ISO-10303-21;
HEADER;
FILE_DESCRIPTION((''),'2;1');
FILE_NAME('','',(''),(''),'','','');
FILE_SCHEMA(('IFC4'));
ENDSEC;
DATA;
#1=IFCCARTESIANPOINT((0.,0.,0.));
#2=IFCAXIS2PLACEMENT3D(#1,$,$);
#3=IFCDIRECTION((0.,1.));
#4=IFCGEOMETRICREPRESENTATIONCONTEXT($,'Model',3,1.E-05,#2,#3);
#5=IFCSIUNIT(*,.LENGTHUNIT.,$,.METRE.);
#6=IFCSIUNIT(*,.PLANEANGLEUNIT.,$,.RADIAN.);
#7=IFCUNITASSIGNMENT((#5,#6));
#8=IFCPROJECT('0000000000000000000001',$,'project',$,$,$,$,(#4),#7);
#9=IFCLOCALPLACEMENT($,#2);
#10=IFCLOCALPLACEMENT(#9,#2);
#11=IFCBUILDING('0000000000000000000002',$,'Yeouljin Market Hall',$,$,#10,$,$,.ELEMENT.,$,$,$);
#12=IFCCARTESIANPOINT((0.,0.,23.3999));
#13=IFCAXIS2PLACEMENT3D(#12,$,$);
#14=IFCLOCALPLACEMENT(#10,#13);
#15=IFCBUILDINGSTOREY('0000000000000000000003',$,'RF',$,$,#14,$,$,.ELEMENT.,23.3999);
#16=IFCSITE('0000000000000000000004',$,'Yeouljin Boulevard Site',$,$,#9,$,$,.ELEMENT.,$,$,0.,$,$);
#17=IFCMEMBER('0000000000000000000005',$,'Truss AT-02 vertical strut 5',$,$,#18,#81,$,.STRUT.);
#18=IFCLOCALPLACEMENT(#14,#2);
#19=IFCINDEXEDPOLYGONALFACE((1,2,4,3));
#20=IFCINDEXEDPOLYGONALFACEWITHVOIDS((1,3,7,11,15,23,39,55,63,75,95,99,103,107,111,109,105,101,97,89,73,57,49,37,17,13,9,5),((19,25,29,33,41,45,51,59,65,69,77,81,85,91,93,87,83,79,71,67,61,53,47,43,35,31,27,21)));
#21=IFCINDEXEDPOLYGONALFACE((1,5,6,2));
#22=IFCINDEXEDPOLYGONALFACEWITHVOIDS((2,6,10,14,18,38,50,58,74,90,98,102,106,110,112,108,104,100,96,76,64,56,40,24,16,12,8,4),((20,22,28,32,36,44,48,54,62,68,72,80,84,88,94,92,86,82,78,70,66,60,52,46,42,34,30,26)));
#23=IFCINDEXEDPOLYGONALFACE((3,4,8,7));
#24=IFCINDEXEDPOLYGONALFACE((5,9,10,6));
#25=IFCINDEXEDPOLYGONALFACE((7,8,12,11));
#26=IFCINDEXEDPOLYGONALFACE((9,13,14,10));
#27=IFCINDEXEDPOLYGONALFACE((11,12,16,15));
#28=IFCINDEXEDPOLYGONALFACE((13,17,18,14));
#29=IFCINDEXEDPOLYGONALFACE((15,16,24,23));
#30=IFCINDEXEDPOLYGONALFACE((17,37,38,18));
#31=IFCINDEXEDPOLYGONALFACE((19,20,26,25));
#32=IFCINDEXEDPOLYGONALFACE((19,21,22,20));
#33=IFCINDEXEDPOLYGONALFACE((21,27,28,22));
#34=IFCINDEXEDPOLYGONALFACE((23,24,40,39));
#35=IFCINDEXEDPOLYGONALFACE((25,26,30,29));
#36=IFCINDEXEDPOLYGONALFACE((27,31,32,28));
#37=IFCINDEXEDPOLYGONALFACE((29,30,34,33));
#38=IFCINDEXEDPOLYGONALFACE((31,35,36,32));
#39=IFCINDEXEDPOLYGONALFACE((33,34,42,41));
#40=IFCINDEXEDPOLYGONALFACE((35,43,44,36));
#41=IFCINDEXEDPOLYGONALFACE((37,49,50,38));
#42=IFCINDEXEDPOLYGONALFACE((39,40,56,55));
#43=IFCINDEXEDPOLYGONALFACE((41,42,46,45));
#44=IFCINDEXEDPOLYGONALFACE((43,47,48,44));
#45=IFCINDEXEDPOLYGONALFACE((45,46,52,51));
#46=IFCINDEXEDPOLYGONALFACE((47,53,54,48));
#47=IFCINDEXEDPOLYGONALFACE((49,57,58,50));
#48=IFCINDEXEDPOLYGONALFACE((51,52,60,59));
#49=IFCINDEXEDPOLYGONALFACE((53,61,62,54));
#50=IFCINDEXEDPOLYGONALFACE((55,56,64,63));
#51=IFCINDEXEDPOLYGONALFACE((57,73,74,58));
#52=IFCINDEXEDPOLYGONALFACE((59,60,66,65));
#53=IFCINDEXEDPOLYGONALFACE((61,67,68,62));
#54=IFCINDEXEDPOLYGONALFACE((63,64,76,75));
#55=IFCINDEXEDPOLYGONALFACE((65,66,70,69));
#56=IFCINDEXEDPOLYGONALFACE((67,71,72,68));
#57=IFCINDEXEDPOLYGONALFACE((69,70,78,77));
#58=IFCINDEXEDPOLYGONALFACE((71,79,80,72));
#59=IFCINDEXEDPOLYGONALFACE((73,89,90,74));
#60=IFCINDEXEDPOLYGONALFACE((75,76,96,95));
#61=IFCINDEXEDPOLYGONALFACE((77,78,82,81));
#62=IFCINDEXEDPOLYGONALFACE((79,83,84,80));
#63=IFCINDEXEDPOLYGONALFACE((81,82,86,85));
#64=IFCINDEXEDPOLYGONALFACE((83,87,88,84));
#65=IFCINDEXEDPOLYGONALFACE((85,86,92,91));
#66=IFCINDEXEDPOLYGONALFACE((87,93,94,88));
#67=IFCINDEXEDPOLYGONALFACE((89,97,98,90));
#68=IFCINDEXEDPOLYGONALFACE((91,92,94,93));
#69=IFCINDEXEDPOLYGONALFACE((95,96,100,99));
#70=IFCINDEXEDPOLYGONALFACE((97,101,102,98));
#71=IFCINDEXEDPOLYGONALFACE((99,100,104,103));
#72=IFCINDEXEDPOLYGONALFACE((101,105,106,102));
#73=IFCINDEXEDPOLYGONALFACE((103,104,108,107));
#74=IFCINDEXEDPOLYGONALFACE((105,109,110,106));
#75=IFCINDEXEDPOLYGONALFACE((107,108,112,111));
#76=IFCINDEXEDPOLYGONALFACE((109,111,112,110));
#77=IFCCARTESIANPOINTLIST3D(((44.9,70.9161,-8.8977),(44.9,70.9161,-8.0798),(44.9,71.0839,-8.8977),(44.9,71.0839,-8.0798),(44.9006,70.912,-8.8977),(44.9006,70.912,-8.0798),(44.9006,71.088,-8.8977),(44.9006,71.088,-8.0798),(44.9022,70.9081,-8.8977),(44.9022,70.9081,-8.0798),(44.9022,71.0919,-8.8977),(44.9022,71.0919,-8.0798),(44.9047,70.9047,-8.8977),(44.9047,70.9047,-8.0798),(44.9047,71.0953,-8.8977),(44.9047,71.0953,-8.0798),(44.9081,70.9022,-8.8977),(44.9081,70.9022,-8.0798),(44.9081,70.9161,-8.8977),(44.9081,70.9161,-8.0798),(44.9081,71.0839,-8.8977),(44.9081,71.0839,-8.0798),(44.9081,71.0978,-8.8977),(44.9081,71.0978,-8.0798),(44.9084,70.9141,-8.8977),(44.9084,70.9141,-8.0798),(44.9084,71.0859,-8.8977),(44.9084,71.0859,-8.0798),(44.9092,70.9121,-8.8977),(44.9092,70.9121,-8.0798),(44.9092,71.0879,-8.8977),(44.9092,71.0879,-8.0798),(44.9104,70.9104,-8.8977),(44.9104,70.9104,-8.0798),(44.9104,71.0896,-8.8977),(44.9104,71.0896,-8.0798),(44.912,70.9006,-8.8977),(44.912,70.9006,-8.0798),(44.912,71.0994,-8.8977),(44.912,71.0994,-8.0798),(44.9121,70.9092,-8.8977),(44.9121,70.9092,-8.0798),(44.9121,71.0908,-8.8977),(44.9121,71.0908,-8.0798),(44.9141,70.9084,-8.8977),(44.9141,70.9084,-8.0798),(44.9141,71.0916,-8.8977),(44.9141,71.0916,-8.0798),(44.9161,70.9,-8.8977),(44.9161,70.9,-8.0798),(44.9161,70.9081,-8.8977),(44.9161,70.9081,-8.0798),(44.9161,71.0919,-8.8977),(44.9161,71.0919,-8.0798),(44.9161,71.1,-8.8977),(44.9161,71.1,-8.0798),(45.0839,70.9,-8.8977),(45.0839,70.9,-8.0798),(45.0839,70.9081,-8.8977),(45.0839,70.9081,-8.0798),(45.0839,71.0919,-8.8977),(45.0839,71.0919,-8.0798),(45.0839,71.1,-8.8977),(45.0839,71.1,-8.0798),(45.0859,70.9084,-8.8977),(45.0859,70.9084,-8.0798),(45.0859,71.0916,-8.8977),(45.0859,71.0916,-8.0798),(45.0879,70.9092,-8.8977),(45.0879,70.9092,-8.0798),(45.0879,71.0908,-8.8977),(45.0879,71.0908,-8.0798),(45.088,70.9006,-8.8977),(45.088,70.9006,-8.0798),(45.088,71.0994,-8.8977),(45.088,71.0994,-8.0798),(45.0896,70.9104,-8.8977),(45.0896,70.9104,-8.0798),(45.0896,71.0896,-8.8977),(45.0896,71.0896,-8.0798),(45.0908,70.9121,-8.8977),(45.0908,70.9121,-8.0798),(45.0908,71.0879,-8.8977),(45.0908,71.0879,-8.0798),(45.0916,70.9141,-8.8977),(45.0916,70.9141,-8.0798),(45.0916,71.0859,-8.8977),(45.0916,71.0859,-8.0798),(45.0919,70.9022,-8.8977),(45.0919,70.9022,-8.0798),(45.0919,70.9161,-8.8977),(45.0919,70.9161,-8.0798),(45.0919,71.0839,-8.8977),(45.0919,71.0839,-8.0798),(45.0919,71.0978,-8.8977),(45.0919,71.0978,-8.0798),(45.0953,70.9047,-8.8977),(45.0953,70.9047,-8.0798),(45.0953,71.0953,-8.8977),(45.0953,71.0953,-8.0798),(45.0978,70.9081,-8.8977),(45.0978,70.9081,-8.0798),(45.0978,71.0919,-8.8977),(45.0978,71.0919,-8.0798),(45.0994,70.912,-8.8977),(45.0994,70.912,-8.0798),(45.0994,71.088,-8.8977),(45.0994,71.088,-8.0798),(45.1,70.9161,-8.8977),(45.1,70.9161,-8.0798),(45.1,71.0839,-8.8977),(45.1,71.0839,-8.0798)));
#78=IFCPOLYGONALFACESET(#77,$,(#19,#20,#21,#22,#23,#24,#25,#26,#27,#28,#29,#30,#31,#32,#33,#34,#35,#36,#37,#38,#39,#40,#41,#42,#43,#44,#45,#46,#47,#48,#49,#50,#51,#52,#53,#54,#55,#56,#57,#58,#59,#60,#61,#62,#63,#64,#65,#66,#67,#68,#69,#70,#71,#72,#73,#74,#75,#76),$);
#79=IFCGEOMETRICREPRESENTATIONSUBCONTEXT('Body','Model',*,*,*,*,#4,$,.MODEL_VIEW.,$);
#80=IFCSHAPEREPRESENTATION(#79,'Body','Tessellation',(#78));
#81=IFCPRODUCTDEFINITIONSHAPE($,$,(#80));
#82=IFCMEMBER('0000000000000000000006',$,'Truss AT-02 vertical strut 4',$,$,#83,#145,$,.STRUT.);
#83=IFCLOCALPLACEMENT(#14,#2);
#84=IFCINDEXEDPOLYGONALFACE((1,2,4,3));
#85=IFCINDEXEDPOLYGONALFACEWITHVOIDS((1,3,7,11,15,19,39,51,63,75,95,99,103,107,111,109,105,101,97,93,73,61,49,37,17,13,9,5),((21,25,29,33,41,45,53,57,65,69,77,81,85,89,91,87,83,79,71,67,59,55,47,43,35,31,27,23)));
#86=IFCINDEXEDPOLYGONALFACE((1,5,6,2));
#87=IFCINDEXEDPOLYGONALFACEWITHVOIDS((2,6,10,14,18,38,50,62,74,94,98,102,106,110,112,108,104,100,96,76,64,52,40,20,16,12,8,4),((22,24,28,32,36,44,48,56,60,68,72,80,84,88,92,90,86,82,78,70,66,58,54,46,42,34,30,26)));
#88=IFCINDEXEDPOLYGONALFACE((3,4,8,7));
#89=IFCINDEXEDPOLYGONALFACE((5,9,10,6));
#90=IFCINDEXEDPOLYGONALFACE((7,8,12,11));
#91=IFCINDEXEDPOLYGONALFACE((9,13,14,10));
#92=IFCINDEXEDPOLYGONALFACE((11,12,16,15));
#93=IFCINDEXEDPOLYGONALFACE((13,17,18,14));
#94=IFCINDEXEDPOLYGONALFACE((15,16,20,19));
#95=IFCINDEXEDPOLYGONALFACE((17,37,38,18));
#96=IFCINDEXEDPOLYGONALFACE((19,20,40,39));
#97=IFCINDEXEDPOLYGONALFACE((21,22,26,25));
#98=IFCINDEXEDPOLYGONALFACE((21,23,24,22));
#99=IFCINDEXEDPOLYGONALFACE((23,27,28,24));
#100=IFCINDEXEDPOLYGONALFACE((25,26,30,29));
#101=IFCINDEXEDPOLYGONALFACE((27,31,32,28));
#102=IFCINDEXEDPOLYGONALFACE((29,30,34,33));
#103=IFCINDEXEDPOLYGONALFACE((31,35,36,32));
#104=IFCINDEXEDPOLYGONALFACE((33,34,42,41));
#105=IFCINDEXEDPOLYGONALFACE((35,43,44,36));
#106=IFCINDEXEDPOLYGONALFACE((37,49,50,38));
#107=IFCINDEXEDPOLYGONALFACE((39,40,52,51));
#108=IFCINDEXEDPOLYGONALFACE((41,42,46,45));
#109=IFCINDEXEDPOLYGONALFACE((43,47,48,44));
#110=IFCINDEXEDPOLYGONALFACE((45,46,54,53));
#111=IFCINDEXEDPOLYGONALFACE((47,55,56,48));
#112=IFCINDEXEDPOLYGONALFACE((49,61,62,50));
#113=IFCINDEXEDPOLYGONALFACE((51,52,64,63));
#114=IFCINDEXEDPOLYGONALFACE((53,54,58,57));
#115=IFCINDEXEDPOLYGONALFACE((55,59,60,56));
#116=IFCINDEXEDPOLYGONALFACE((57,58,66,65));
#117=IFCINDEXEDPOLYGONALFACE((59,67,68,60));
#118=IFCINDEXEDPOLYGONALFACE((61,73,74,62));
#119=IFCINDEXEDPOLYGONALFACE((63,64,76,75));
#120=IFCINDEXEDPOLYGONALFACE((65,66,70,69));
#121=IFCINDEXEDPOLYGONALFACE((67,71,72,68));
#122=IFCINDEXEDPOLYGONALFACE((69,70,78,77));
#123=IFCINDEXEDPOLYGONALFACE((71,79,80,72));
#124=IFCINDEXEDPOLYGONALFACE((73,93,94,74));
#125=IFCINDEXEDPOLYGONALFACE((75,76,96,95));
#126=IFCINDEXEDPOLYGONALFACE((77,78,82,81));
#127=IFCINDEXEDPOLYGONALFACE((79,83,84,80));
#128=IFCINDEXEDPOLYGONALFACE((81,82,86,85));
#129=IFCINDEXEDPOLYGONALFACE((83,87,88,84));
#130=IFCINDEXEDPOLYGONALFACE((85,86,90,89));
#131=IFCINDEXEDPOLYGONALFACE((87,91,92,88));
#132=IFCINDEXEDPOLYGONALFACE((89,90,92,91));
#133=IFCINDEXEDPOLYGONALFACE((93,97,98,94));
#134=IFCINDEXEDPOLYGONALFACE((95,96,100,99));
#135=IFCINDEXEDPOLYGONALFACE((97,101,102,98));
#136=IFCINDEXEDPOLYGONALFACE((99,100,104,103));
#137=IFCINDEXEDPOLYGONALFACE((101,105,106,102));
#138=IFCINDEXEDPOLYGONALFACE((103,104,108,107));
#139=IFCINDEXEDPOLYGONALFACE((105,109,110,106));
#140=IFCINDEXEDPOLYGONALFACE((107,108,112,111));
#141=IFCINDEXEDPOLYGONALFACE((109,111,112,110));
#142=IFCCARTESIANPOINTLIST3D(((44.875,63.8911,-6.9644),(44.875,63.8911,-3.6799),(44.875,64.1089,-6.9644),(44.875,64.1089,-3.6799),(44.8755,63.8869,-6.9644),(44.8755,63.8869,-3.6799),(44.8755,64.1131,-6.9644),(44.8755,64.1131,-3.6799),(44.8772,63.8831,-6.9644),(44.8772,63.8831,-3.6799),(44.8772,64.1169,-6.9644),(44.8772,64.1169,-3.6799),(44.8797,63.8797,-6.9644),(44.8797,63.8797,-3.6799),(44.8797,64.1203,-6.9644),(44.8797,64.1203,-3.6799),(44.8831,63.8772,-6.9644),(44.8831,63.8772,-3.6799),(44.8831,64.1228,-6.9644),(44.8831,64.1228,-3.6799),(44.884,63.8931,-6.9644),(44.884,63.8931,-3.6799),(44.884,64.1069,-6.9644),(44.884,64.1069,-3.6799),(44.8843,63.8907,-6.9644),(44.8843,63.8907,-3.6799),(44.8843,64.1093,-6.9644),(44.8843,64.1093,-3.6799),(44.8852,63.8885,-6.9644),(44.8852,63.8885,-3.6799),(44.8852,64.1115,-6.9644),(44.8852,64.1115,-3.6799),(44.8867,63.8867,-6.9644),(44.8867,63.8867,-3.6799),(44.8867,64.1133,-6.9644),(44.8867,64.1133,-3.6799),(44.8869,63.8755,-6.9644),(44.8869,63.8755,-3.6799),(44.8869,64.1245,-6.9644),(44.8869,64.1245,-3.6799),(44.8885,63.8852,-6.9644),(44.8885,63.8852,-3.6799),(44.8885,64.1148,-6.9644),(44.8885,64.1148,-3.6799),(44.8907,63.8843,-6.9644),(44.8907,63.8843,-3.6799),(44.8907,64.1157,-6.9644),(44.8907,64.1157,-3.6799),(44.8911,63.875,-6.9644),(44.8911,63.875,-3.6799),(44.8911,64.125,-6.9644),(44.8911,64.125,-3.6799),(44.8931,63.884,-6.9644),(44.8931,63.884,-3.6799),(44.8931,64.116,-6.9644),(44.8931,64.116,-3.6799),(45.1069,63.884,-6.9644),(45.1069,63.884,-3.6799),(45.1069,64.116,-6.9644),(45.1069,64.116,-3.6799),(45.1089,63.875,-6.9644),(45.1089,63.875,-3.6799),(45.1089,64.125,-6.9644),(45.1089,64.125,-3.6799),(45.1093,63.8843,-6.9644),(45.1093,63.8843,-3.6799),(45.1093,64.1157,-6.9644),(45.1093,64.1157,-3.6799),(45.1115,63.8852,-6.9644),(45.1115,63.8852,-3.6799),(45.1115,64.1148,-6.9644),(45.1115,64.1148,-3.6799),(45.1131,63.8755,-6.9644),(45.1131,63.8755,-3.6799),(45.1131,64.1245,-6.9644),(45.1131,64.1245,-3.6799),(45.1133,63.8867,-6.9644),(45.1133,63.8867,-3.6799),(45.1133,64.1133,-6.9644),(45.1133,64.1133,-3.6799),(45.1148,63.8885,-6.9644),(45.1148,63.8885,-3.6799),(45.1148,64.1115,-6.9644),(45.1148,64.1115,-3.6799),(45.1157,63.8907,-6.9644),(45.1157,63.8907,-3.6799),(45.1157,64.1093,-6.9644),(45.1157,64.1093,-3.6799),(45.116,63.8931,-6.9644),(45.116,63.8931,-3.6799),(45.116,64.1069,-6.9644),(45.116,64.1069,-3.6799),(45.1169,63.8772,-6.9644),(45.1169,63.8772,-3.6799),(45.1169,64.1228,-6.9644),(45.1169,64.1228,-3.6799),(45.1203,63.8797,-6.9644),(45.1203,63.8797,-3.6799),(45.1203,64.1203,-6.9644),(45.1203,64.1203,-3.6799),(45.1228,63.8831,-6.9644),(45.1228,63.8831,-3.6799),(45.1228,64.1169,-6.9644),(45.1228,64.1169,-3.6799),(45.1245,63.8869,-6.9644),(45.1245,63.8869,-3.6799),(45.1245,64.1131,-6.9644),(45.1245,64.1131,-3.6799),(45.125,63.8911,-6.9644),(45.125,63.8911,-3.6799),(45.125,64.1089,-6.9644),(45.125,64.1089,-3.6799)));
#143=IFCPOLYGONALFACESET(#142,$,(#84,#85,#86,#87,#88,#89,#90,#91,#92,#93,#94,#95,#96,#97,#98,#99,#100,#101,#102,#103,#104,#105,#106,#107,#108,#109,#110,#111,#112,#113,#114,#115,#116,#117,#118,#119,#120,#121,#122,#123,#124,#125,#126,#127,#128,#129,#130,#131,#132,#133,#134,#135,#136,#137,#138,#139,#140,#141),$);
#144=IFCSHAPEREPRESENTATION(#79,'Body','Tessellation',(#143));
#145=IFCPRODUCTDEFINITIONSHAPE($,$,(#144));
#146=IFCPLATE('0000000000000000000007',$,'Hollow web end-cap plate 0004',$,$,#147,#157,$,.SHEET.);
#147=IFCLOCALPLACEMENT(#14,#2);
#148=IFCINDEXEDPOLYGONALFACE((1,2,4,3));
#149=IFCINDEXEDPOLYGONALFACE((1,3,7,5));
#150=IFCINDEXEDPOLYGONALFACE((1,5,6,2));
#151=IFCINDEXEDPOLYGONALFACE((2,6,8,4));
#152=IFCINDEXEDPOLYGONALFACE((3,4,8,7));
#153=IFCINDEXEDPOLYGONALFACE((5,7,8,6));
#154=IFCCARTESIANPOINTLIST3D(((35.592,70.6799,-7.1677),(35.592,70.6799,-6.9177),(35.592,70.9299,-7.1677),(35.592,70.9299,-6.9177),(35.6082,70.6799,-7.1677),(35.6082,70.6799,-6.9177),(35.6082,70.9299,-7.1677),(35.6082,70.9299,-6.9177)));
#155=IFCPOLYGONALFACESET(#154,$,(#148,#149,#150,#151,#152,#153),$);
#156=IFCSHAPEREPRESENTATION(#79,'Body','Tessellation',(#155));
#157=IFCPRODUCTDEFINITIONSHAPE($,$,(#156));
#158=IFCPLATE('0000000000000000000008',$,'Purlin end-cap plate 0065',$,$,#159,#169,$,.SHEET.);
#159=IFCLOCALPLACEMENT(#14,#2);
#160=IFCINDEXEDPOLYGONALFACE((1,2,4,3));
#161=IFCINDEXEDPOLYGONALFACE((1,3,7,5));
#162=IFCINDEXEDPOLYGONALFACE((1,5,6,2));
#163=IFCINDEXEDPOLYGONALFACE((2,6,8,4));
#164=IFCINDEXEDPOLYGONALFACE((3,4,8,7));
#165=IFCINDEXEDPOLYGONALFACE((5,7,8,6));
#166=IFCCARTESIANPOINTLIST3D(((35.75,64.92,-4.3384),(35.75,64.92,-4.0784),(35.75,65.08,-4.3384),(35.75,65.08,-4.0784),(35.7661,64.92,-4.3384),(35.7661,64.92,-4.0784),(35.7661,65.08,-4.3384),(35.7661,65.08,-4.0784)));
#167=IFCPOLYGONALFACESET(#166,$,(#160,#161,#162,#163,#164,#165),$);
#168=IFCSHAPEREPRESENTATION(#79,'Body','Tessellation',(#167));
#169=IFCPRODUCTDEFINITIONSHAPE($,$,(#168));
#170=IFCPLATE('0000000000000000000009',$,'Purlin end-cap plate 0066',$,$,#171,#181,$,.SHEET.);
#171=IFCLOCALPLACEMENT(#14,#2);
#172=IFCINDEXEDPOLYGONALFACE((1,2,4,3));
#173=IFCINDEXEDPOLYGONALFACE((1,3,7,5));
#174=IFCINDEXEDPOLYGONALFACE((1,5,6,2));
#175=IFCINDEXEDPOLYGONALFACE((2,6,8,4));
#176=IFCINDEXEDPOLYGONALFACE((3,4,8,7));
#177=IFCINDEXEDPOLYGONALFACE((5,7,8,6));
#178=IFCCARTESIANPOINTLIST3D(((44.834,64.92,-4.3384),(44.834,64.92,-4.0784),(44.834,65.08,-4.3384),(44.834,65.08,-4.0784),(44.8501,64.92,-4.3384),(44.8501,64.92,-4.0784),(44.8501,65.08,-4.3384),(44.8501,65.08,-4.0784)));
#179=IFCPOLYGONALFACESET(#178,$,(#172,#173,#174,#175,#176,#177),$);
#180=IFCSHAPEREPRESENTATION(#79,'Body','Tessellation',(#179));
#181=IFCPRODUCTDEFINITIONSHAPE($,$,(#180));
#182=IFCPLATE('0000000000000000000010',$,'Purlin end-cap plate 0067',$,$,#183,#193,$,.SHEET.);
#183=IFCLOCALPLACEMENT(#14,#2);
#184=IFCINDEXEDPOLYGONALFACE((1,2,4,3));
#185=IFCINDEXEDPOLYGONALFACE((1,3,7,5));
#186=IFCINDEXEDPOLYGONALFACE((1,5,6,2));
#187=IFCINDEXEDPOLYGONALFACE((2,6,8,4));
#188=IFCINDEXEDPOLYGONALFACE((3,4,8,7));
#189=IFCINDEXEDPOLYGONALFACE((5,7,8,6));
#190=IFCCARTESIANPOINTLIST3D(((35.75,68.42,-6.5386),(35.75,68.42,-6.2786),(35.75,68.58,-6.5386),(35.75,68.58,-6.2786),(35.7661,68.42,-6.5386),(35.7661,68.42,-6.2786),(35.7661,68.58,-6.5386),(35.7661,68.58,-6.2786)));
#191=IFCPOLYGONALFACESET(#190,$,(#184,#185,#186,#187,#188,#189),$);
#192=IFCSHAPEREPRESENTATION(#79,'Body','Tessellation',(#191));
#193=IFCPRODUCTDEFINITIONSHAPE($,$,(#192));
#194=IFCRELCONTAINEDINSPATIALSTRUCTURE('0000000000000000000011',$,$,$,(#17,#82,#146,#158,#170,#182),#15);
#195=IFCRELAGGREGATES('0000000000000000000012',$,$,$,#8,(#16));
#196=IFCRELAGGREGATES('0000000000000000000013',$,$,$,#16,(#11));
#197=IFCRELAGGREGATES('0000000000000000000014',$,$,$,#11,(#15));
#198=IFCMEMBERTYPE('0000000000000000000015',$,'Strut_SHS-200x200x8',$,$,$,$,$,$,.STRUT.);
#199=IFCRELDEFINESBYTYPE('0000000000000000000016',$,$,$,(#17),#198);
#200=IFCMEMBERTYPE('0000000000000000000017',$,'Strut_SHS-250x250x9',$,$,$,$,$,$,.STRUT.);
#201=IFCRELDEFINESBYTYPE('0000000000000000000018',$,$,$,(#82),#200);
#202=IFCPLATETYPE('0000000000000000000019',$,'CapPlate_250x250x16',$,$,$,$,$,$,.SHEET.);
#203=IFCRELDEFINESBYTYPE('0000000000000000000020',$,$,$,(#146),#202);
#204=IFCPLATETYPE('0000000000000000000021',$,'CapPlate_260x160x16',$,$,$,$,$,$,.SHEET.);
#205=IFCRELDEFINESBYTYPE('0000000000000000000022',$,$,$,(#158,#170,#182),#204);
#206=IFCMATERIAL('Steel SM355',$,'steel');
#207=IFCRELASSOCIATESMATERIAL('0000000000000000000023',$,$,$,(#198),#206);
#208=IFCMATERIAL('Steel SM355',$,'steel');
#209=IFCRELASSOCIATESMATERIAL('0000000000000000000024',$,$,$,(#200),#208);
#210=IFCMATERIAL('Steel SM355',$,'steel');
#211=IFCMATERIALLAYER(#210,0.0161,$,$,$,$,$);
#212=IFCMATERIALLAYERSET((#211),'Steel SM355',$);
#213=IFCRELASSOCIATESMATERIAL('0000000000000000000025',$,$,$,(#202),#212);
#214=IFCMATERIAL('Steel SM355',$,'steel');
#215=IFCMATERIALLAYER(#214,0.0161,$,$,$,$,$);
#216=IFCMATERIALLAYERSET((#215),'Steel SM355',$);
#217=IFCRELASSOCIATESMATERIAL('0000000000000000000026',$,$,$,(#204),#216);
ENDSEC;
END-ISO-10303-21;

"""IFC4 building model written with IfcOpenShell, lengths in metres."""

from ifc_helpers import new_model, si_unit, direction, frame, origin, origin_2d, place, context, subcontext, project, spatial, rectangle, hollow_rectangle, extrude, material, layer, layer_set, material_profile, profile_set, type_object, element, save


model = new_model("IFC4")

# Units and contexts
model_context = context("Model", 3, precision=1e-05, world=origin(), true_north=direction((0.0, 1.0)))
body_context = subcontext(model_context, "Body", "Model", "MODEL_VIEW")
ifc_project = project(units=[si_unit("LENGTHUNIT", "METRE"), si_unit("PLANEANGLEUNIT", "RADIAN")], contexts=[model_context])

# Site, building, storey
site_placement = place(None, origin())
site = spatial("IfcSite", under=ifc_project, at=site_placement, Name="Yeouljin Boulevard Site", CompositionType="ELEMENT", RefElevation=0.0)
building_placement = place(site_placement, origin())
building = spatial("IfcBuilding", under=site, at=building_placement, Name="Yeouljin Market Hall", CompositionType="ELEMENT")
storey_placement = place(building_placement, frame((0.0, 0.0, 23.3999)))
storey = spatial("IfcBuildingStorey", under=building, at=storey_placement, Name="RF", CompositionType="ELEMENT", Elevation=23.3999)

# Members
ifc_material_1 = material(Name="Steel SM355", Category="steel")
ifc_material_profile_1 = material_profile(ifc_material_1, hollow_rectangle(XDim=0.2, YDim=0.2, WallThickness=0.0081, InnerFilletRadius=0.0081, OuterFilletRadius=0.0161, at=origin_2d()), Name="SHS-200x200x8")
ifc_profile_set_1 = profile_set([ifc_material_profile_1], Name="Steel SM355")
member_type_1 = type_object("IfcMemberType", Name="Strut_SHS-200x200x8", PredefinedType="STRUT", material=ifc_profile_set_1)
for number, where, z_axis, x_axis, name in (
    (1, (45.0, 71.0, -8.8977), (0.0, 0.0, 1.0), (1.0, 0.0, 0.0), "Truss AT-02 vertical strut 5"),
):
    element("IfcMember", number, at=place(storey_placement, frame(where, z_axis=z_axis, x_axis=x_axis)), inside=storey, type_object=member_type_1, Name=name, PredefinedType="STRUT", context=body_context, shape_type="SweptSolid", body=[
        extrude(hollow_rectangle(XDim=0.2, YDim=0.2, WallThickness=0.0081, InnerFilletRadius=0.0081, OuterFilletRadius=0.0161, at=origin_2d()), origin(), (0.0, 0.0, 1.0), 0.8179),
    ])
ifc_material_2 = material(Name="Steel SM355", Category="steel")
ifc_material_profile_2 = material_profile(ifc_material_2, hollow_rectangle(XDim=0.25, YDim=0.25, WallThickness=0.009, InnerFilletRadius=0.009, OuterFilletRadius=0.0161, at=origin_2d()), Name="SHS-250x250x9")
ifc_profile_set_2 = profile_set([ifc_material_profile_2], Name="Steel SM355")
member_type_2 = type_object("IfcMemberType", Name="Strut_SHS-250x250x9", PredefinedType="STRUT", material=ifc_profile_set_2)
member_1_placement = place(storey_placement, frame((45.0, 64.0, -6.9644), z_axis=(0.0, 0.0, 1.0), x_axis=(1.0, 0.0, 0.0)))
element("IfcMember", 2, at=member_1_placement, inside=storey, type_object=member_type_2, Name="Truss AT-02 vertical strut 4", PredefinedType="STRUT", context=body_context, shape_type="SweptSolid", body=[
    extrude(hollow_rectangle(XDim=0.25, YDim=0.25, WallThickness=0.009, InnerFilletRadius=0.009, OuterFilletRadius=0.0161, at=origin_2d()), origin(), (0.0, 0.0, 1.0), 3.2844),
])

# Plates
ifc_material_3 = material(Name="Steel SM355", Category="steel")
ifc_layer_1 = layer(ifc_material_3, 0.0161)
ifc_layer_set_1 = layer_set([ifc_layer_1], Name="Steel SM355")
plate_type_1 = type_object("IfcPlateType", Name="CapPlate_250x250x16", PredefinedType="SHEET", material=ifc_layer_set_1)
plate_1_placement = place(storey_placement, frame((35.6001, 70.8049, -7.1677), z_axis=(0.0, 0.0, 1.0), x_axis=(0.0, 1.0, 0.0)))
element("IfcPlate", 3, at=plate_1_placement, inside=storey, type_object=plate_type_1, Name="Hollow web end-cap plate 0004", PredefinedType="SHEET", context=body_context, shape_type="SweptSolid", body=[
    extrude(rectangle(XDim=0.25, YDim=0.0161, at=origin_2d()), origin(), (0.0, 0.0, 1.0), 0.25),
])
ifc_material_4 = material(Name="Steel SM355", Category="steel")
ifc_layer_2 = layer(ifc_material_4, 0.0161)
ifc_layer_set_2 = layer_set([ifc_layer_2], Name="Steel SM355")
plate_type_2 = type_object("IfcPlateType", Name="CapPlate_260x160x16", PredefinedType="SHEET", material=ifc_layer_set_2)
for number, where, z_axis, x_axis, name in (
    (4, (35.7581, 65.0, -4.3384), (0.0, 0.0, 1.0), (0.0, 1.0, 0.0), "Purlin end-cap plate 0065"),
    (5, (44.842, 65.0, -4.3384), (0.0, 0.0, 1.0), (0.0, 1.0, 0.0), "Purlin end-cap plate 0066"),
    (6, (35.7581, 68.5, -6.5386), (0.0, 0.0, 1.0), (0.0, 1.0, 0.0), "Purlin end-cap plate 0067"),
):
    element("IfcPlate", number, at=place(storey_placement, frame(where, z_axis=z_axis, x_axis=x_axis)), inside=storey, type_object=plate_type_2, Name=name, PredefinedType="SHEET", context=body_context, shape_type="SweptSolid", body=[
        extrude(rectangle(XDim=0.1599, YDim=0.0161, at=origin_2d()), origin(), (0.0, 0.0, 1.0), 0.26),
    ])

save(model, "model.ifc")
